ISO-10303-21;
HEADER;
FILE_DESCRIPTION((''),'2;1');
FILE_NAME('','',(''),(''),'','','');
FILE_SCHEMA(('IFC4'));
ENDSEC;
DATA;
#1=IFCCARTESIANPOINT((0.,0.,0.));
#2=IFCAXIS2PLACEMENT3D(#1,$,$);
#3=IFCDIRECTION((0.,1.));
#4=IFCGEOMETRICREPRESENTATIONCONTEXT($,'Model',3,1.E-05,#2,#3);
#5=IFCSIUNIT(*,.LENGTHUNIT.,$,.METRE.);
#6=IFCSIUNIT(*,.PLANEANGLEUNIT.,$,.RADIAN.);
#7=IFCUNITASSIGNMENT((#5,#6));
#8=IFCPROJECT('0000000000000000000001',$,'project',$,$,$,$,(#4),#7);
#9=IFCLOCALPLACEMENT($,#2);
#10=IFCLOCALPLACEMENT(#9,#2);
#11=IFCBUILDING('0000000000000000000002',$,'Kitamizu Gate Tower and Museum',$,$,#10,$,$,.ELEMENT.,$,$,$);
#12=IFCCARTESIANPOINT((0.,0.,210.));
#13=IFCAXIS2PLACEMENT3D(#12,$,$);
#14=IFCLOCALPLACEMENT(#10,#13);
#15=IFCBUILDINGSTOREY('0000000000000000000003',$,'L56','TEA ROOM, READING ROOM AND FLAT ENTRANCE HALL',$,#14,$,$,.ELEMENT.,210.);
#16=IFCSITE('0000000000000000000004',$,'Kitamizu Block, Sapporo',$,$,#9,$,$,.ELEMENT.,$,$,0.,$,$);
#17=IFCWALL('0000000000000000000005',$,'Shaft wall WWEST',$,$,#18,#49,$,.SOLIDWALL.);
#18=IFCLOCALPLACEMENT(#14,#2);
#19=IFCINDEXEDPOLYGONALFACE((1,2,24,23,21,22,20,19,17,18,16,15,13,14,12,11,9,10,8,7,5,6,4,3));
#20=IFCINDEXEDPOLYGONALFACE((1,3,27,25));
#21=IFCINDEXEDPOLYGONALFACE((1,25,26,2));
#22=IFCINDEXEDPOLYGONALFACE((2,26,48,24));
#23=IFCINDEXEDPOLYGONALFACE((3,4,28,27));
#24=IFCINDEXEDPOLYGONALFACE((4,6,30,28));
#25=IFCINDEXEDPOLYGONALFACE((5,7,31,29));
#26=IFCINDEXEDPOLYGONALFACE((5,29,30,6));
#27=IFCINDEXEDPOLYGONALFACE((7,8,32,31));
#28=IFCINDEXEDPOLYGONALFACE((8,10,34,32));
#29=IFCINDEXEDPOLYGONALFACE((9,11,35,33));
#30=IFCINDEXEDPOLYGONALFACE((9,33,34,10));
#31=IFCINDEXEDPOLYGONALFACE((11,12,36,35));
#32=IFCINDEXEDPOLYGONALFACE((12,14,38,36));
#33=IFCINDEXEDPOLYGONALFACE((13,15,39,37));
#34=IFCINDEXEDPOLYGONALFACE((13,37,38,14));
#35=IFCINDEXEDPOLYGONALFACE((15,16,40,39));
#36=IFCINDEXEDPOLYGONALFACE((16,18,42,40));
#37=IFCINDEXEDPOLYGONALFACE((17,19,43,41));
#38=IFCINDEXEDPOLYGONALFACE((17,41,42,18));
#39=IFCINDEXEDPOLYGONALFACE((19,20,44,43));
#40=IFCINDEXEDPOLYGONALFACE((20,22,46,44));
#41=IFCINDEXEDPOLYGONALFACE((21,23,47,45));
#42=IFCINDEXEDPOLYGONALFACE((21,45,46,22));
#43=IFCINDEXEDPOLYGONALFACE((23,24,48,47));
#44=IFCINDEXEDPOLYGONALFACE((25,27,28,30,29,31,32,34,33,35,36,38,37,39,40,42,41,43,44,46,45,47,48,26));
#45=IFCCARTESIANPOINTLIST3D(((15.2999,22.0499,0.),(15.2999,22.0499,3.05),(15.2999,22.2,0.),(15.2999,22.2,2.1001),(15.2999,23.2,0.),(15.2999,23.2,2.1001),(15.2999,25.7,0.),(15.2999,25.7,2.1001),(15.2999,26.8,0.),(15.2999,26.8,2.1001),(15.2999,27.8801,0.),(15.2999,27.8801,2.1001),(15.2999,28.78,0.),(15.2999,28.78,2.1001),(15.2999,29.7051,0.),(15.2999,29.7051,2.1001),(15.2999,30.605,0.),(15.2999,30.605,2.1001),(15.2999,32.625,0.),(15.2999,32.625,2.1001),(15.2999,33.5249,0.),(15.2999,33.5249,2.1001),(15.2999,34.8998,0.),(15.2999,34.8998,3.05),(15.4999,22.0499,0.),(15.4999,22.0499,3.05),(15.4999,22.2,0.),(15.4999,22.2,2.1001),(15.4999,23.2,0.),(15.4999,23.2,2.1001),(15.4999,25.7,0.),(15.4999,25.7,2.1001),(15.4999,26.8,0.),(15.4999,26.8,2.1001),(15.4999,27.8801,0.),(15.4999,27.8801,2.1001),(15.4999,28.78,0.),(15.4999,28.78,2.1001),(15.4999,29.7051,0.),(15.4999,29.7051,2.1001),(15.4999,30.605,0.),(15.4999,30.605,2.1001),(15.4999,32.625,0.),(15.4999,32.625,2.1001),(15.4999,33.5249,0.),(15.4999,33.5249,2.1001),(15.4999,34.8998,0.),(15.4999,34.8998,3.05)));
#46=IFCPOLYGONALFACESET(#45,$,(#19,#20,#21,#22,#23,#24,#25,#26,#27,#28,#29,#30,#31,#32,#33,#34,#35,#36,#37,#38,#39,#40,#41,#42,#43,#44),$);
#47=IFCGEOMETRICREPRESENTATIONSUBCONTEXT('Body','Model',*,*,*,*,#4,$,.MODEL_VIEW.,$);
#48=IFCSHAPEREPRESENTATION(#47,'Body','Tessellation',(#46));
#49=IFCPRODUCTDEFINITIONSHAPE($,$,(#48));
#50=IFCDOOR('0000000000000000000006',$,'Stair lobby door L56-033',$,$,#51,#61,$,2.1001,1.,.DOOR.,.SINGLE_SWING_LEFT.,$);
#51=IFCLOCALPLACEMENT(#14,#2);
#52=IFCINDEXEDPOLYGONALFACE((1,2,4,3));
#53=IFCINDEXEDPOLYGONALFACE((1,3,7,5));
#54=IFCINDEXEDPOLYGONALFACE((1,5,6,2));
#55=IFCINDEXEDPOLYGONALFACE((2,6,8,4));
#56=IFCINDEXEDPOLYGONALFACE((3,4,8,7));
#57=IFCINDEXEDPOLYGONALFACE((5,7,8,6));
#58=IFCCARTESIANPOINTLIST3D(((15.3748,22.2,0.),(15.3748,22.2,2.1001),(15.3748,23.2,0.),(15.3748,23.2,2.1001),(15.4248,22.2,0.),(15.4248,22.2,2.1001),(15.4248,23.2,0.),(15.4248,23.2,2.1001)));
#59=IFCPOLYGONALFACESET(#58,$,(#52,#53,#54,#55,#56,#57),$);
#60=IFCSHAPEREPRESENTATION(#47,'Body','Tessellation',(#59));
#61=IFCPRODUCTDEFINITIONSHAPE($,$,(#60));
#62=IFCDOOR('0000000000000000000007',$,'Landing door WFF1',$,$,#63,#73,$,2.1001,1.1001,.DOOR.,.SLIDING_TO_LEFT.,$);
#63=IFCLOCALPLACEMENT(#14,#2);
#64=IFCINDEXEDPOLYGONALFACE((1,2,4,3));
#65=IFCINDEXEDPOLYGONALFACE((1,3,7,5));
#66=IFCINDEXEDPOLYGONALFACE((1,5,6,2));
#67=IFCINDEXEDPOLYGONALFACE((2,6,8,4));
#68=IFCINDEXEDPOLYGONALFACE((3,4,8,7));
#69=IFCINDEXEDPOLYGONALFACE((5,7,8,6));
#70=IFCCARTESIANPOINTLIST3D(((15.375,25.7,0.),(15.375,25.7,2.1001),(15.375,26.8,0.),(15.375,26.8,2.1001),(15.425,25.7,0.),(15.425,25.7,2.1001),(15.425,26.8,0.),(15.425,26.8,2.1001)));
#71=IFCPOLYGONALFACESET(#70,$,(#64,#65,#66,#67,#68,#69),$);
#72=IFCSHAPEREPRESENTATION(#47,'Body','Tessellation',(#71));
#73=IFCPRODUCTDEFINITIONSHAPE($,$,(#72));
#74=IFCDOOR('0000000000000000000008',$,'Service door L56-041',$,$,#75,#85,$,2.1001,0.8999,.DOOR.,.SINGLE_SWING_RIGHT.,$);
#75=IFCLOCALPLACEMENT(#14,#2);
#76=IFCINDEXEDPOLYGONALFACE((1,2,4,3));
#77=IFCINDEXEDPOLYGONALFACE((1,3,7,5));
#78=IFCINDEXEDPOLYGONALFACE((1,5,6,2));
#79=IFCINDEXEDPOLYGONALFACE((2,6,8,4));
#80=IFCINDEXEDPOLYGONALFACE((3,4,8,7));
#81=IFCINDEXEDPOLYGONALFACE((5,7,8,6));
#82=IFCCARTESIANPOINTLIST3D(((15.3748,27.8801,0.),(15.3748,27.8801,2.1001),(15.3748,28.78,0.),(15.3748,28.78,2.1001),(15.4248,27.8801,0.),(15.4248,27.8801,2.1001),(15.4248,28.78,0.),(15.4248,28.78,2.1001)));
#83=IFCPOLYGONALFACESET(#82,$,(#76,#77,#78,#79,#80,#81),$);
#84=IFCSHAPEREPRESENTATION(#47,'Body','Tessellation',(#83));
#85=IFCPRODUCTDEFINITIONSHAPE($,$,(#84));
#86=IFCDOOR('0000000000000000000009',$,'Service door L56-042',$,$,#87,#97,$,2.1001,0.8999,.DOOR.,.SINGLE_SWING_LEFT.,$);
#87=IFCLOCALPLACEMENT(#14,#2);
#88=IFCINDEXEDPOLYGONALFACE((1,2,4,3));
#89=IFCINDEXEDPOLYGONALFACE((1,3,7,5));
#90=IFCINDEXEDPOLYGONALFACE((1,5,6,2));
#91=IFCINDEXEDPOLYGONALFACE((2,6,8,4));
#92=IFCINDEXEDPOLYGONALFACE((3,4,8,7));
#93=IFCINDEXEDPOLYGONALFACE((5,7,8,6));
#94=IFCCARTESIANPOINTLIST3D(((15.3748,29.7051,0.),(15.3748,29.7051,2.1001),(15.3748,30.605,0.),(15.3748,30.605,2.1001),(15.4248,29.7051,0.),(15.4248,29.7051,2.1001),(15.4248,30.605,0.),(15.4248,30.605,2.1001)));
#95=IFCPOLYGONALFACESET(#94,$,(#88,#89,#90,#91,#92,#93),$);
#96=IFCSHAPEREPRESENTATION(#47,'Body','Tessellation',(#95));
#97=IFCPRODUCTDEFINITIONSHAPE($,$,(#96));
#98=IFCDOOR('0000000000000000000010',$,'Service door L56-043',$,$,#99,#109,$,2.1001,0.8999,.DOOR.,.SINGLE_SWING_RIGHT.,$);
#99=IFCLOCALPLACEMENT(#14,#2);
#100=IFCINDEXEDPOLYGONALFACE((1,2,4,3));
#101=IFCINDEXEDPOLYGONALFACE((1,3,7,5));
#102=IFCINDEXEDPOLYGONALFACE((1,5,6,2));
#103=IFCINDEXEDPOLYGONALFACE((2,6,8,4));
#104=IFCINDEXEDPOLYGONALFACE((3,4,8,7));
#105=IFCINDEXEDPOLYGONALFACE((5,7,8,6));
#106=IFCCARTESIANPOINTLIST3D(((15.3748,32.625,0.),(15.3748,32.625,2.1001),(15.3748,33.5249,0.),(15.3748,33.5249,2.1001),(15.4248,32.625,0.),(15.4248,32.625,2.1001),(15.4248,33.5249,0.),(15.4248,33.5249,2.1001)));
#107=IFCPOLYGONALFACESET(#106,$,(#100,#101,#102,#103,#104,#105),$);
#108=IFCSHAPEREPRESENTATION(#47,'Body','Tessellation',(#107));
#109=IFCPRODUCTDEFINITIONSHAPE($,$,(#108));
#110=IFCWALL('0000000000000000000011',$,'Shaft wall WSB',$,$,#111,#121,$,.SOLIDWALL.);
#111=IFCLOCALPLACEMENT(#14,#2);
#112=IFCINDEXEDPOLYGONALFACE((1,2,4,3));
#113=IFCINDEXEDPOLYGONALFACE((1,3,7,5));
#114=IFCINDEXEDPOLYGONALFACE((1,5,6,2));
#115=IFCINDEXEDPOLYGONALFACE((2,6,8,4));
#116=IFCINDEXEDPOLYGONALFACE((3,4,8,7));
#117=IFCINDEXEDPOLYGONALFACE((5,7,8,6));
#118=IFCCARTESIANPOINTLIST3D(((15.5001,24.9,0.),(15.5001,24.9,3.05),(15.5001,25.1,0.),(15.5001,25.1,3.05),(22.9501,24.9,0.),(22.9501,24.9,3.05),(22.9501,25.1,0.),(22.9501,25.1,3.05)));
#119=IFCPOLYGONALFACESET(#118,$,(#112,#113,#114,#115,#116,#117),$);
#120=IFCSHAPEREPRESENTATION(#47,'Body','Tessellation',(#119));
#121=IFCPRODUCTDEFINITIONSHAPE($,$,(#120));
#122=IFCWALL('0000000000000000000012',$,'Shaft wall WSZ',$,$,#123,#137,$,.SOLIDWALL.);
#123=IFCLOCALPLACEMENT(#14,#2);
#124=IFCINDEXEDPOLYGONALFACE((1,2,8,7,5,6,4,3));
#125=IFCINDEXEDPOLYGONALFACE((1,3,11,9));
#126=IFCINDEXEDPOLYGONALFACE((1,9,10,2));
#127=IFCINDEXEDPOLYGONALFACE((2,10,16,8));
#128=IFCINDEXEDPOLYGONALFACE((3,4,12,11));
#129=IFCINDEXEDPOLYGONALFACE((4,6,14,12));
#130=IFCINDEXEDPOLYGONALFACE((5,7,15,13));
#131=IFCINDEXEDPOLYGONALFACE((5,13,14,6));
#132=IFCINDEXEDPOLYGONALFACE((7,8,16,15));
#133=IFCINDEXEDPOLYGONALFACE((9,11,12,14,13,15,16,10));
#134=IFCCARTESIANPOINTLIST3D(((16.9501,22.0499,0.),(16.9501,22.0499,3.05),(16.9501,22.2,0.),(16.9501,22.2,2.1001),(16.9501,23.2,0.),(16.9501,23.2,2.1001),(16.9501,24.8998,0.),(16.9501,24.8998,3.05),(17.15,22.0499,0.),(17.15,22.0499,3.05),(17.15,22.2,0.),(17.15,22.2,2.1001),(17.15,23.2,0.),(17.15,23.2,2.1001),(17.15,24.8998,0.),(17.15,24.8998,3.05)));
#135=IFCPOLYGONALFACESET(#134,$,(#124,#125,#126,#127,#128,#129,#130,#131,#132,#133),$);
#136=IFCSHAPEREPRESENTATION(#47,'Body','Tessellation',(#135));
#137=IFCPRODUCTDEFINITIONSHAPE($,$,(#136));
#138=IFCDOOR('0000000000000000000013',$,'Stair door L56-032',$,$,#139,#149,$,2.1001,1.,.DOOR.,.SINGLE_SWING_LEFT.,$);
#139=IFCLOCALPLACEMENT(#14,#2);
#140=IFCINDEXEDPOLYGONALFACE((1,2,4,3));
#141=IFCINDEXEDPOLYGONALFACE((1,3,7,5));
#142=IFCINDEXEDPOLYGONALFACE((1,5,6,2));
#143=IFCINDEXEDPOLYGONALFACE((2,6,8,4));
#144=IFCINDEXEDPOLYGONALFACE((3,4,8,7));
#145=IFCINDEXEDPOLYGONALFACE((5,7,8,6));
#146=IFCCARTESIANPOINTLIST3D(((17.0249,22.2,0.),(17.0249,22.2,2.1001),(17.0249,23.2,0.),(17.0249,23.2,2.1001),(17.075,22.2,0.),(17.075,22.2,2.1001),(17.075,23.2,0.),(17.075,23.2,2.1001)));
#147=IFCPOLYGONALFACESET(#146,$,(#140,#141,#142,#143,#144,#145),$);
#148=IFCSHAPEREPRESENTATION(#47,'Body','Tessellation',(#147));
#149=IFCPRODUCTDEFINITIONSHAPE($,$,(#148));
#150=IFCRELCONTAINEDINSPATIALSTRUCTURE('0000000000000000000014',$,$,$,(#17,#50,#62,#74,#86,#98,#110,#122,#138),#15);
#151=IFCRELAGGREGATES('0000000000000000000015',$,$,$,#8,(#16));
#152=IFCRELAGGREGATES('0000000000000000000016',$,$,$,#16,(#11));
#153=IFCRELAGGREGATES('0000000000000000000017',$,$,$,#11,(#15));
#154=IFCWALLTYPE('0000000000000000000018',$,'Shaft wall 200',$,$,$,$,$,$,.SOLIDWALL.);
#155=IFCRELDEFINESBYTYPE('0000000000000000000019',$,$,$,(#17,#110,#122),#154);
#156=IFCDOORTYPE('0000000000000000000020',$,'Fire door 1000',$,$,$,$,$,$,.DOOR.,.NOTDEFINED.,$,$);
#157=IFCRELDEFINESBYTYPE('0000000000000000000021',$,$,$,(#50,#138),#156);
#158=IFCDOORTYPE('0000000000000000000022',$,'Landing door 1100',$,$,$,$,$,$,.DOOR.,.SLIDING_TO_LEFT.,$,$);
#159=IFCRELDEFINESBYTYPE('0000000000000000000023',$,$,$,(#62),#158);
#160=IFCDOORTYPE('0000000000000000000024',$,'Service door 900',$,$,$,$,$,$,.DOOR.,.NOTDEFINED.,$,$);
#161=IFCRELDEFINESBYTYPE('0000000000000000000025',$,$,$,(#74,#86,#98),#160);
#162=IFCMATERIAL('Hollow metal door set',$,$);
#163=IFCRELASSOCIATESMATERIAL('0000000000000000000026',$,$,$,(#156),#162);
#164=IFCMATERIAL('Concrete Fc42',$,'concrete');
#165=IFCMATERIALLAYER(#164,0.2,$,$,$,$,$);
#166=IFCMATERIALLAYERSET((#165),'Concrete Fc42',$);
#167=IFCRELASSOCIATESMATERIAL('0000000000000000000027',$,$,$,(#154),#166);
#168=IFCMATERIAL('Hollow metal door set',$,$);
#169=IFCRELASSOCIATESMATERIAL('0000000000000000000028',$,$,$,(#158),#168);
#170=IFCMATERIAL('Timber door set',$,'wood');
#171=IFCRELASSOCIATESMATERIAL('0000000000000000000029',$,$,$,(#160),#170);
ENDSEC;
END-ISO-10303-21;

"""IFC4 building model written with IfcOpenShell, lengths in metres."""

from ifc_helpers import new_model, si_unit, direction, frame, frame_2d, origin, place, context, subcontext, project, spatial, rectangle, extrude, material, layer, layer_set, type_object, element, fill, save


model = new_model("IFC4")

# Units and contexts
model_context = context("Model", 3, precision=1e-05, world=origin(), true_north=direction((0.0, 1.0)))
body_context = subcontext(model_context, "Body", "Model", "MODEL_VIEW")
ifc_project = project(units=[si_unit("LENGTHUNIT", "METRE"), si_unit("PLANEANGLEUNIT", "RADIAN")], contexts=[model_context])

# Site, building, storey
site_placement = place(None, origin())
site = spatial("IfcSite", under=ifc_project, at=site_placement, Name="Kitamizu Block, Sapporo", CompositionType="ELEMENT", RefElevation=0.0)
building_placement = place(site_placement, origin())
building = spatial("IfcBuilding", under=site, at=building_placement, Name="Kitamizu Gate Tower and Museum", CompositionType="ELEMENT")
storey_placement = place(building_placement, frame((0.0, 0.0, 210.0)))
storey = spatial("IfcBuildingStorey", under=building, at=storey_placement, Name="L56", Description="TEA ROOM, READING ROOM AND FLAT ENTRANCE HALL", CompositionType="ELEMENT", Elevation=210.0)

# Shared definitions
ifc_material_1 = material(Name="Hollow metal door set")
door_type_1 = type_object("IfcDoorType", Name="Fire door 1000", OperationType="NOTDEFINED", PredefinedType="DOOR", material=ifc_material_1)

# Wall, openings, doors
ifc_material_2 = material(Name="Concrete Fc42", Category="concrete")
ifc_layer_1 = layer(ifc_material_2, 0.2)
ifc_layer_set_1 = layer_set([ifc_layer_1], Name="Concrete Fc42")
wall_type_1 = type_object("IfcWallType", Name="Shaft wall 200", PredefinedType="SOLIDWALL", material=ifc_layer_set_1)
wall_1_placement = place(storey_placement, frame((15.3999, 22.05, 0.0), z_axis=(0.0, 0.0, 1.0), x_axis=(0.0, 1.0, 0.0)))
wall_1 = element("IfcWall", 1, at=wall_1_placement, inside=storey, type_object=wall_type_1, Name="Shaft wall WWEST", PredefinedType="SOLIDWALL", context=body_context, shape_type="SweptSolid", body=[
    extrude(rectangle(XDim=12.8499, YDim=0.2, at=frame_2d((6.4248, 0.0))), origin(), (0.0, 0.0, 1.0), 3.05),
])
opening_1_placement = place(wall_1_placement, frame((3.6499, 0.0, 0.0)))
opening_1 = element("IfcOpeningElement", 2, at=opening_1_placement, cuts=wall_1, PredefinedType="OPENING", context=body_context, shape_type="SweptSolid", body=[
    extrude(rectangle(XDim=1.1001, YDim=2.1001, at=frame_2d((0.55, 1.05))), frame((0.0, 0.1099, 0.0), z_axis=(0.0, -1.0, 0.0), x_axis=(1.0, 0.0, 0.0)), (0.0, 0.0, 1.0), 0.22),
])
opening_2_placement = place(wall_1_placement, frame((0.1499, 0.0, 0.0)))
opening_2 = element("IfcOpeningElement", 3, at=opening_2_placement, cuts=wall_1, PredefinedType="OPENING", context=body_context, shape_type="SweptSolid", body=[
    extrude(rectangle(XDim=1.0, YDim=2.1001, at=frame_2d((0.5, 1.05))), frame((0.0, 0.1099, 0.0), z_axis=(0.0, -1.0, 0.0), x_axis=(1.0, 0.0, 0.0)), (0.0, 0.0, 1.0), 0.22),
])
opening_3_placement = place(wall_1_placement, frame((5.8301, 0.0, 0.0)))
opening_3 = element("IfcOpeningElement", 4, at=opening_3_placement, cuts=wall_1, PredefinedType="OPENING", context=body_context, shape_type="SweptSolid", body=[
    extrude(rectangle(XDim=0.8999, YDim=2.1001, at=frame_2d((0.45, 1.05))), frame((0.0, 0.1099, 0.0), z_axis=(0.0, -1.0, 0.0), x_axis=(1.0, 0.0, 0.0)), (0.0, 0.0, 1.0), 0.22),
])
opening_4_placement = place(wall_1_placement, frame((7.655, 0.0, 0.0)))
opening_4 = element("IfcOpeningElement", 5, at=opening_4_placement, cuts=wall_1, PredefinedType="OPENING", context=body_context, shape_type="SweptSolid", body=[
    extrude(rectangle(XDim=0.8999, YDim=2.1001, at=frame_2d((0.45, 1.05))), frame((0.0, 0.1099, 0.0), z_axis=(0.0, -1.0, 0.0), x_axis=(1.0, 0.0, 0.0)), (0.0, 0.0, 1.0), 0.22),
])
opening_5_placement = place(wall_1_placement, frame((10.575, 0.0, 0.0)))
opening_5 = element("IfcOpeningElement", 6, at=opening_5_placement, cuts=wall_1, PredefinedType="OPENING", context=body_context, shape_type="SweptSolid", body=[
    extrude(rectangle(XDim=0.8999, YDim=2.1001, at=frame_2d((0.45, 1.05))), frame((0.0, 0.1099, 0.0), z_axis=(0.0, -1.0, 0.0), x_axis=(1.0, 0.0, 0.0)), (0.0, 0.0, 1.0), 0.22),
])
door_1_placement = place(opening_2_placement, frame((1.0, 0.0, 0.0), x_axis=(-1.0, 0.0, 0.0)))
door_1 = element("IfcDoor", 7, at=door_1_placement, inside=storey, type_object=door_type_1, Name="Stair lobby door L56-033", OperationType="SINGLE_SWING_LEFT", OverallHeight=2.1001, OverallWidth=1.0, PredefinedType="DOOR", context=body_context, shape_type="SweptSolid", body=[
    extrude(rectangle(XDim=1.0, YDim=2.1001, at=frame_2d((0.5, 1.05))), frame((0.0, 0.0249, 0.0), z_axis=(0.0, -1.0, 0.0), x_axis=(1.0, 0.0, 0.0)), (0.0, 0.0, 1.0), 0.05),
])
fill(opening_2, door_1)
ifc_material_3 = material(Name="Hollow metal door set")
door_type_2 = type_object("IfcDoorType", Name="Landing door 1100", OperationType="SLIDING_TO_LEFT", PredefinedType="DOOR", material=ifc_material_3)
door_2_placement = place(opening_1_placement, origin())
door_2 = element("IfcDoor", 8, at=door_2_placement, inside=storey, type_object=door_type_2, Name="Landing door WFF1", OperationType="SLIDING_TO_LEFT", OverallHeight=2.1001, OverallWidth=1.1001, PredefinedType="DOOR", context=body_context, shape_type="SweptSolid", body=[
    extrude(rectangle(XDim=1.1001, YDim=2.1001, at=frame_2d((0.55, 1.05))), frame((0.0, 0.0249, 0.0), z_axis=(0.0, -1.0, 0.0), x_axis=(1.0, 0.0, 0.0)), (0.0, 0.0, 1.0), 0.05),
])
fill(opening_1, door_2)
ifc_material_4 = material(Name="Timber door set", Category="wood")
door_type_3 = type_object("IfcDoorType", Name="Service door 900", OperationType="NOTDEFINED", PredefinedType="DOOR", material=ifc_material_4)
door_3_placement = place(opening_3_placement, frame((0.8999, 0.0, 0.0), x_axis=(-1.0, 0.0, 0.0)))
door_3 = element("IfcDoor", 9, at=door_3_placement, inside=storey, type_object=door_type_3, Name="Service door L56-041", OperationType="SINGLE_SWING_RIGHT", OverallHeight=2.1001, OverallWidth=0.8999, PredefinedType="DOOR", context=body_context, shape_type="SweptSolid", body=[
    extrude(rectangle(XDim=0.8999, YDim=2.1001, at=frame_2d((0.45, 1.05))), frame((0.0, 0.0249, 0.0), z_axis=(0.0, -1.0, 0.0), x_axis=(1.0, 0.0, 0.0)), (0.0, 0.0, 1.0), 0.05),
])
fill(opening_3, door_3)
door_4_placement = place(opening_4_placement, frame((0.8999, 0.0, 0.0), x_axis=(-1.0, 0.0, 0.0)))
door_4 = element("IfcDoor", 10, at=door_4_placement, inside=storey, type_object=door_type_3, Name="Service door L56-042", OperationType="SINGLE_SWING_LEFT", OverallHeight=2.1001, OverallWidth=0.8999, PredefinedType="DOOR", context=body_context, shape_type="SweptSolid", body=[
    extrude(rectangle(XDim=0.8999, YDim=2.1001, at=frame_2d((0.45, 1.05))), frame((0.0, 0.0249, 0.0), z_axis=(0.0, -1.0, 0.0), x_axis=(1.0, 0.0, 0.0)), (0.0, 0.0, 1.0), 0.05),
])
fill(opening_4, door_4)
door_5_placement = place(opening_5_placement, frame((0.8999, 0.0, 0.0), x_axis=(-1.0, 0.0, 0.0)))
door_5 = element("IfcDoor", 11, at=door_5_placement, inside=storey, type_object=door_type_3, Name="Service door L56-043", OperationType="SINGLE_SWING_RIGHT", OverallHeight=2.1001, OverallWidth=0.8999, PredefinedType="DOOR", context=body_context, shape_type="SweptSolid", body=[
    extrude(rectangle(XDim=0.8999, YDim=2.1001, at=frame_2d((0.45, 1.05))), frame((0.0, 0.0249, 0.0), z_axis=(0.0, -1.0, 0.0), x_axis=(1.0, 0.0, 0.0)), (0.0, 0.0, 1.0), 0.05),
])
fill(opening_5, door_5)

# Wall
wall_2_placement = place(storey_placement, frame((15.5, 25.0, 0.0), z_axis=(0.0, 0.0, 1.0), x_axis=(1.0, 0.0, 0.0)))
element("IfcWall", 12, at=wall_2_placement, inside=storey, type_object=wall_type_1, Name="Shaft wall WSB", PredefinedType="SOLIDWALL", context=body_context, shape_type="SweptSolid", body=[
    extrude(rectangle(XDim=7.45, YDim=0.2, at=frame_2d((3.7251, 0.0))), origin(), (0.0, 0.0, 1.0), 3.05),
])

# Wall, opening, door
wall_3_placement = place(storey_placement, frame((17.05, 22.05, 0.0), z_axis=(0.0, 0.0, 1.0), x_axis=(0.0, 1.0, 0.0)))
wall_3 = element("IfcWall", 13, at=wall_3_placement, inside=storey, type_object=wall_type_1, Name="Shaft wall WSZ", PredefinedType="SOLIDWALL", context=body_context, shape_type="SweptSolid", body=[
    extrude(rectangle(XDim=2.8499, YDim=0.2, at=frame_2d((1.4248, 0.0))), origin(), (0.0, 0.0, 1.0), 3.05),
])
opening_6_placement = place(wall_3_placement, frame((0.1499, 0.0, 0.0)))
opening_6 = element("IfcOpeningElement", 14, at=opening_6_placement, cuts=wall_3, PredefinedType="OPENING", context=body_context, shape_type="SweptSolid", body=[
    extrude(rectangle(XDim=1.0, YDim=2.1001, at=frame_2d((0.5, 1.05))), frame((0.0, 0.1099, 0.0), z_axis=(0.0, -1.0, 0.0), x_axis=(1.0, 0.0, 0.0)), (0.0, 0.0, 1.0), 0.22),
])
door_6_placement = place(opening_6_placement, frame((1.0, 0.0, 0.0), x_axis=(-1.0, 0.0, 0.0)))
door_6 = element("IfcDoor", 15, at=door_6_placement, inside=storey, type_object=door_type_1, Name="Stair door L56-032", OperationType="SINGLE_SWING_LEFT", OverallHeight=2.1001, OverallWidth=1.0, PredefinedType="DOOR", context=body_context, shape_type="SweptSolid", body=[
    extrude(rectangle(XDim=1.0, YDim=2.1001, at=frame_2d((0.5, 1.05))), frame((0.0, 0.0249, 0.0), z_axis=(0.0, -1.0, 0.0), x_axis=(1.0, 0.0, 0.0)), (0.0, 0.0, 1.0), 0.05),
])
fill(opening_6, door_6)

save(model, "model.ifc")
